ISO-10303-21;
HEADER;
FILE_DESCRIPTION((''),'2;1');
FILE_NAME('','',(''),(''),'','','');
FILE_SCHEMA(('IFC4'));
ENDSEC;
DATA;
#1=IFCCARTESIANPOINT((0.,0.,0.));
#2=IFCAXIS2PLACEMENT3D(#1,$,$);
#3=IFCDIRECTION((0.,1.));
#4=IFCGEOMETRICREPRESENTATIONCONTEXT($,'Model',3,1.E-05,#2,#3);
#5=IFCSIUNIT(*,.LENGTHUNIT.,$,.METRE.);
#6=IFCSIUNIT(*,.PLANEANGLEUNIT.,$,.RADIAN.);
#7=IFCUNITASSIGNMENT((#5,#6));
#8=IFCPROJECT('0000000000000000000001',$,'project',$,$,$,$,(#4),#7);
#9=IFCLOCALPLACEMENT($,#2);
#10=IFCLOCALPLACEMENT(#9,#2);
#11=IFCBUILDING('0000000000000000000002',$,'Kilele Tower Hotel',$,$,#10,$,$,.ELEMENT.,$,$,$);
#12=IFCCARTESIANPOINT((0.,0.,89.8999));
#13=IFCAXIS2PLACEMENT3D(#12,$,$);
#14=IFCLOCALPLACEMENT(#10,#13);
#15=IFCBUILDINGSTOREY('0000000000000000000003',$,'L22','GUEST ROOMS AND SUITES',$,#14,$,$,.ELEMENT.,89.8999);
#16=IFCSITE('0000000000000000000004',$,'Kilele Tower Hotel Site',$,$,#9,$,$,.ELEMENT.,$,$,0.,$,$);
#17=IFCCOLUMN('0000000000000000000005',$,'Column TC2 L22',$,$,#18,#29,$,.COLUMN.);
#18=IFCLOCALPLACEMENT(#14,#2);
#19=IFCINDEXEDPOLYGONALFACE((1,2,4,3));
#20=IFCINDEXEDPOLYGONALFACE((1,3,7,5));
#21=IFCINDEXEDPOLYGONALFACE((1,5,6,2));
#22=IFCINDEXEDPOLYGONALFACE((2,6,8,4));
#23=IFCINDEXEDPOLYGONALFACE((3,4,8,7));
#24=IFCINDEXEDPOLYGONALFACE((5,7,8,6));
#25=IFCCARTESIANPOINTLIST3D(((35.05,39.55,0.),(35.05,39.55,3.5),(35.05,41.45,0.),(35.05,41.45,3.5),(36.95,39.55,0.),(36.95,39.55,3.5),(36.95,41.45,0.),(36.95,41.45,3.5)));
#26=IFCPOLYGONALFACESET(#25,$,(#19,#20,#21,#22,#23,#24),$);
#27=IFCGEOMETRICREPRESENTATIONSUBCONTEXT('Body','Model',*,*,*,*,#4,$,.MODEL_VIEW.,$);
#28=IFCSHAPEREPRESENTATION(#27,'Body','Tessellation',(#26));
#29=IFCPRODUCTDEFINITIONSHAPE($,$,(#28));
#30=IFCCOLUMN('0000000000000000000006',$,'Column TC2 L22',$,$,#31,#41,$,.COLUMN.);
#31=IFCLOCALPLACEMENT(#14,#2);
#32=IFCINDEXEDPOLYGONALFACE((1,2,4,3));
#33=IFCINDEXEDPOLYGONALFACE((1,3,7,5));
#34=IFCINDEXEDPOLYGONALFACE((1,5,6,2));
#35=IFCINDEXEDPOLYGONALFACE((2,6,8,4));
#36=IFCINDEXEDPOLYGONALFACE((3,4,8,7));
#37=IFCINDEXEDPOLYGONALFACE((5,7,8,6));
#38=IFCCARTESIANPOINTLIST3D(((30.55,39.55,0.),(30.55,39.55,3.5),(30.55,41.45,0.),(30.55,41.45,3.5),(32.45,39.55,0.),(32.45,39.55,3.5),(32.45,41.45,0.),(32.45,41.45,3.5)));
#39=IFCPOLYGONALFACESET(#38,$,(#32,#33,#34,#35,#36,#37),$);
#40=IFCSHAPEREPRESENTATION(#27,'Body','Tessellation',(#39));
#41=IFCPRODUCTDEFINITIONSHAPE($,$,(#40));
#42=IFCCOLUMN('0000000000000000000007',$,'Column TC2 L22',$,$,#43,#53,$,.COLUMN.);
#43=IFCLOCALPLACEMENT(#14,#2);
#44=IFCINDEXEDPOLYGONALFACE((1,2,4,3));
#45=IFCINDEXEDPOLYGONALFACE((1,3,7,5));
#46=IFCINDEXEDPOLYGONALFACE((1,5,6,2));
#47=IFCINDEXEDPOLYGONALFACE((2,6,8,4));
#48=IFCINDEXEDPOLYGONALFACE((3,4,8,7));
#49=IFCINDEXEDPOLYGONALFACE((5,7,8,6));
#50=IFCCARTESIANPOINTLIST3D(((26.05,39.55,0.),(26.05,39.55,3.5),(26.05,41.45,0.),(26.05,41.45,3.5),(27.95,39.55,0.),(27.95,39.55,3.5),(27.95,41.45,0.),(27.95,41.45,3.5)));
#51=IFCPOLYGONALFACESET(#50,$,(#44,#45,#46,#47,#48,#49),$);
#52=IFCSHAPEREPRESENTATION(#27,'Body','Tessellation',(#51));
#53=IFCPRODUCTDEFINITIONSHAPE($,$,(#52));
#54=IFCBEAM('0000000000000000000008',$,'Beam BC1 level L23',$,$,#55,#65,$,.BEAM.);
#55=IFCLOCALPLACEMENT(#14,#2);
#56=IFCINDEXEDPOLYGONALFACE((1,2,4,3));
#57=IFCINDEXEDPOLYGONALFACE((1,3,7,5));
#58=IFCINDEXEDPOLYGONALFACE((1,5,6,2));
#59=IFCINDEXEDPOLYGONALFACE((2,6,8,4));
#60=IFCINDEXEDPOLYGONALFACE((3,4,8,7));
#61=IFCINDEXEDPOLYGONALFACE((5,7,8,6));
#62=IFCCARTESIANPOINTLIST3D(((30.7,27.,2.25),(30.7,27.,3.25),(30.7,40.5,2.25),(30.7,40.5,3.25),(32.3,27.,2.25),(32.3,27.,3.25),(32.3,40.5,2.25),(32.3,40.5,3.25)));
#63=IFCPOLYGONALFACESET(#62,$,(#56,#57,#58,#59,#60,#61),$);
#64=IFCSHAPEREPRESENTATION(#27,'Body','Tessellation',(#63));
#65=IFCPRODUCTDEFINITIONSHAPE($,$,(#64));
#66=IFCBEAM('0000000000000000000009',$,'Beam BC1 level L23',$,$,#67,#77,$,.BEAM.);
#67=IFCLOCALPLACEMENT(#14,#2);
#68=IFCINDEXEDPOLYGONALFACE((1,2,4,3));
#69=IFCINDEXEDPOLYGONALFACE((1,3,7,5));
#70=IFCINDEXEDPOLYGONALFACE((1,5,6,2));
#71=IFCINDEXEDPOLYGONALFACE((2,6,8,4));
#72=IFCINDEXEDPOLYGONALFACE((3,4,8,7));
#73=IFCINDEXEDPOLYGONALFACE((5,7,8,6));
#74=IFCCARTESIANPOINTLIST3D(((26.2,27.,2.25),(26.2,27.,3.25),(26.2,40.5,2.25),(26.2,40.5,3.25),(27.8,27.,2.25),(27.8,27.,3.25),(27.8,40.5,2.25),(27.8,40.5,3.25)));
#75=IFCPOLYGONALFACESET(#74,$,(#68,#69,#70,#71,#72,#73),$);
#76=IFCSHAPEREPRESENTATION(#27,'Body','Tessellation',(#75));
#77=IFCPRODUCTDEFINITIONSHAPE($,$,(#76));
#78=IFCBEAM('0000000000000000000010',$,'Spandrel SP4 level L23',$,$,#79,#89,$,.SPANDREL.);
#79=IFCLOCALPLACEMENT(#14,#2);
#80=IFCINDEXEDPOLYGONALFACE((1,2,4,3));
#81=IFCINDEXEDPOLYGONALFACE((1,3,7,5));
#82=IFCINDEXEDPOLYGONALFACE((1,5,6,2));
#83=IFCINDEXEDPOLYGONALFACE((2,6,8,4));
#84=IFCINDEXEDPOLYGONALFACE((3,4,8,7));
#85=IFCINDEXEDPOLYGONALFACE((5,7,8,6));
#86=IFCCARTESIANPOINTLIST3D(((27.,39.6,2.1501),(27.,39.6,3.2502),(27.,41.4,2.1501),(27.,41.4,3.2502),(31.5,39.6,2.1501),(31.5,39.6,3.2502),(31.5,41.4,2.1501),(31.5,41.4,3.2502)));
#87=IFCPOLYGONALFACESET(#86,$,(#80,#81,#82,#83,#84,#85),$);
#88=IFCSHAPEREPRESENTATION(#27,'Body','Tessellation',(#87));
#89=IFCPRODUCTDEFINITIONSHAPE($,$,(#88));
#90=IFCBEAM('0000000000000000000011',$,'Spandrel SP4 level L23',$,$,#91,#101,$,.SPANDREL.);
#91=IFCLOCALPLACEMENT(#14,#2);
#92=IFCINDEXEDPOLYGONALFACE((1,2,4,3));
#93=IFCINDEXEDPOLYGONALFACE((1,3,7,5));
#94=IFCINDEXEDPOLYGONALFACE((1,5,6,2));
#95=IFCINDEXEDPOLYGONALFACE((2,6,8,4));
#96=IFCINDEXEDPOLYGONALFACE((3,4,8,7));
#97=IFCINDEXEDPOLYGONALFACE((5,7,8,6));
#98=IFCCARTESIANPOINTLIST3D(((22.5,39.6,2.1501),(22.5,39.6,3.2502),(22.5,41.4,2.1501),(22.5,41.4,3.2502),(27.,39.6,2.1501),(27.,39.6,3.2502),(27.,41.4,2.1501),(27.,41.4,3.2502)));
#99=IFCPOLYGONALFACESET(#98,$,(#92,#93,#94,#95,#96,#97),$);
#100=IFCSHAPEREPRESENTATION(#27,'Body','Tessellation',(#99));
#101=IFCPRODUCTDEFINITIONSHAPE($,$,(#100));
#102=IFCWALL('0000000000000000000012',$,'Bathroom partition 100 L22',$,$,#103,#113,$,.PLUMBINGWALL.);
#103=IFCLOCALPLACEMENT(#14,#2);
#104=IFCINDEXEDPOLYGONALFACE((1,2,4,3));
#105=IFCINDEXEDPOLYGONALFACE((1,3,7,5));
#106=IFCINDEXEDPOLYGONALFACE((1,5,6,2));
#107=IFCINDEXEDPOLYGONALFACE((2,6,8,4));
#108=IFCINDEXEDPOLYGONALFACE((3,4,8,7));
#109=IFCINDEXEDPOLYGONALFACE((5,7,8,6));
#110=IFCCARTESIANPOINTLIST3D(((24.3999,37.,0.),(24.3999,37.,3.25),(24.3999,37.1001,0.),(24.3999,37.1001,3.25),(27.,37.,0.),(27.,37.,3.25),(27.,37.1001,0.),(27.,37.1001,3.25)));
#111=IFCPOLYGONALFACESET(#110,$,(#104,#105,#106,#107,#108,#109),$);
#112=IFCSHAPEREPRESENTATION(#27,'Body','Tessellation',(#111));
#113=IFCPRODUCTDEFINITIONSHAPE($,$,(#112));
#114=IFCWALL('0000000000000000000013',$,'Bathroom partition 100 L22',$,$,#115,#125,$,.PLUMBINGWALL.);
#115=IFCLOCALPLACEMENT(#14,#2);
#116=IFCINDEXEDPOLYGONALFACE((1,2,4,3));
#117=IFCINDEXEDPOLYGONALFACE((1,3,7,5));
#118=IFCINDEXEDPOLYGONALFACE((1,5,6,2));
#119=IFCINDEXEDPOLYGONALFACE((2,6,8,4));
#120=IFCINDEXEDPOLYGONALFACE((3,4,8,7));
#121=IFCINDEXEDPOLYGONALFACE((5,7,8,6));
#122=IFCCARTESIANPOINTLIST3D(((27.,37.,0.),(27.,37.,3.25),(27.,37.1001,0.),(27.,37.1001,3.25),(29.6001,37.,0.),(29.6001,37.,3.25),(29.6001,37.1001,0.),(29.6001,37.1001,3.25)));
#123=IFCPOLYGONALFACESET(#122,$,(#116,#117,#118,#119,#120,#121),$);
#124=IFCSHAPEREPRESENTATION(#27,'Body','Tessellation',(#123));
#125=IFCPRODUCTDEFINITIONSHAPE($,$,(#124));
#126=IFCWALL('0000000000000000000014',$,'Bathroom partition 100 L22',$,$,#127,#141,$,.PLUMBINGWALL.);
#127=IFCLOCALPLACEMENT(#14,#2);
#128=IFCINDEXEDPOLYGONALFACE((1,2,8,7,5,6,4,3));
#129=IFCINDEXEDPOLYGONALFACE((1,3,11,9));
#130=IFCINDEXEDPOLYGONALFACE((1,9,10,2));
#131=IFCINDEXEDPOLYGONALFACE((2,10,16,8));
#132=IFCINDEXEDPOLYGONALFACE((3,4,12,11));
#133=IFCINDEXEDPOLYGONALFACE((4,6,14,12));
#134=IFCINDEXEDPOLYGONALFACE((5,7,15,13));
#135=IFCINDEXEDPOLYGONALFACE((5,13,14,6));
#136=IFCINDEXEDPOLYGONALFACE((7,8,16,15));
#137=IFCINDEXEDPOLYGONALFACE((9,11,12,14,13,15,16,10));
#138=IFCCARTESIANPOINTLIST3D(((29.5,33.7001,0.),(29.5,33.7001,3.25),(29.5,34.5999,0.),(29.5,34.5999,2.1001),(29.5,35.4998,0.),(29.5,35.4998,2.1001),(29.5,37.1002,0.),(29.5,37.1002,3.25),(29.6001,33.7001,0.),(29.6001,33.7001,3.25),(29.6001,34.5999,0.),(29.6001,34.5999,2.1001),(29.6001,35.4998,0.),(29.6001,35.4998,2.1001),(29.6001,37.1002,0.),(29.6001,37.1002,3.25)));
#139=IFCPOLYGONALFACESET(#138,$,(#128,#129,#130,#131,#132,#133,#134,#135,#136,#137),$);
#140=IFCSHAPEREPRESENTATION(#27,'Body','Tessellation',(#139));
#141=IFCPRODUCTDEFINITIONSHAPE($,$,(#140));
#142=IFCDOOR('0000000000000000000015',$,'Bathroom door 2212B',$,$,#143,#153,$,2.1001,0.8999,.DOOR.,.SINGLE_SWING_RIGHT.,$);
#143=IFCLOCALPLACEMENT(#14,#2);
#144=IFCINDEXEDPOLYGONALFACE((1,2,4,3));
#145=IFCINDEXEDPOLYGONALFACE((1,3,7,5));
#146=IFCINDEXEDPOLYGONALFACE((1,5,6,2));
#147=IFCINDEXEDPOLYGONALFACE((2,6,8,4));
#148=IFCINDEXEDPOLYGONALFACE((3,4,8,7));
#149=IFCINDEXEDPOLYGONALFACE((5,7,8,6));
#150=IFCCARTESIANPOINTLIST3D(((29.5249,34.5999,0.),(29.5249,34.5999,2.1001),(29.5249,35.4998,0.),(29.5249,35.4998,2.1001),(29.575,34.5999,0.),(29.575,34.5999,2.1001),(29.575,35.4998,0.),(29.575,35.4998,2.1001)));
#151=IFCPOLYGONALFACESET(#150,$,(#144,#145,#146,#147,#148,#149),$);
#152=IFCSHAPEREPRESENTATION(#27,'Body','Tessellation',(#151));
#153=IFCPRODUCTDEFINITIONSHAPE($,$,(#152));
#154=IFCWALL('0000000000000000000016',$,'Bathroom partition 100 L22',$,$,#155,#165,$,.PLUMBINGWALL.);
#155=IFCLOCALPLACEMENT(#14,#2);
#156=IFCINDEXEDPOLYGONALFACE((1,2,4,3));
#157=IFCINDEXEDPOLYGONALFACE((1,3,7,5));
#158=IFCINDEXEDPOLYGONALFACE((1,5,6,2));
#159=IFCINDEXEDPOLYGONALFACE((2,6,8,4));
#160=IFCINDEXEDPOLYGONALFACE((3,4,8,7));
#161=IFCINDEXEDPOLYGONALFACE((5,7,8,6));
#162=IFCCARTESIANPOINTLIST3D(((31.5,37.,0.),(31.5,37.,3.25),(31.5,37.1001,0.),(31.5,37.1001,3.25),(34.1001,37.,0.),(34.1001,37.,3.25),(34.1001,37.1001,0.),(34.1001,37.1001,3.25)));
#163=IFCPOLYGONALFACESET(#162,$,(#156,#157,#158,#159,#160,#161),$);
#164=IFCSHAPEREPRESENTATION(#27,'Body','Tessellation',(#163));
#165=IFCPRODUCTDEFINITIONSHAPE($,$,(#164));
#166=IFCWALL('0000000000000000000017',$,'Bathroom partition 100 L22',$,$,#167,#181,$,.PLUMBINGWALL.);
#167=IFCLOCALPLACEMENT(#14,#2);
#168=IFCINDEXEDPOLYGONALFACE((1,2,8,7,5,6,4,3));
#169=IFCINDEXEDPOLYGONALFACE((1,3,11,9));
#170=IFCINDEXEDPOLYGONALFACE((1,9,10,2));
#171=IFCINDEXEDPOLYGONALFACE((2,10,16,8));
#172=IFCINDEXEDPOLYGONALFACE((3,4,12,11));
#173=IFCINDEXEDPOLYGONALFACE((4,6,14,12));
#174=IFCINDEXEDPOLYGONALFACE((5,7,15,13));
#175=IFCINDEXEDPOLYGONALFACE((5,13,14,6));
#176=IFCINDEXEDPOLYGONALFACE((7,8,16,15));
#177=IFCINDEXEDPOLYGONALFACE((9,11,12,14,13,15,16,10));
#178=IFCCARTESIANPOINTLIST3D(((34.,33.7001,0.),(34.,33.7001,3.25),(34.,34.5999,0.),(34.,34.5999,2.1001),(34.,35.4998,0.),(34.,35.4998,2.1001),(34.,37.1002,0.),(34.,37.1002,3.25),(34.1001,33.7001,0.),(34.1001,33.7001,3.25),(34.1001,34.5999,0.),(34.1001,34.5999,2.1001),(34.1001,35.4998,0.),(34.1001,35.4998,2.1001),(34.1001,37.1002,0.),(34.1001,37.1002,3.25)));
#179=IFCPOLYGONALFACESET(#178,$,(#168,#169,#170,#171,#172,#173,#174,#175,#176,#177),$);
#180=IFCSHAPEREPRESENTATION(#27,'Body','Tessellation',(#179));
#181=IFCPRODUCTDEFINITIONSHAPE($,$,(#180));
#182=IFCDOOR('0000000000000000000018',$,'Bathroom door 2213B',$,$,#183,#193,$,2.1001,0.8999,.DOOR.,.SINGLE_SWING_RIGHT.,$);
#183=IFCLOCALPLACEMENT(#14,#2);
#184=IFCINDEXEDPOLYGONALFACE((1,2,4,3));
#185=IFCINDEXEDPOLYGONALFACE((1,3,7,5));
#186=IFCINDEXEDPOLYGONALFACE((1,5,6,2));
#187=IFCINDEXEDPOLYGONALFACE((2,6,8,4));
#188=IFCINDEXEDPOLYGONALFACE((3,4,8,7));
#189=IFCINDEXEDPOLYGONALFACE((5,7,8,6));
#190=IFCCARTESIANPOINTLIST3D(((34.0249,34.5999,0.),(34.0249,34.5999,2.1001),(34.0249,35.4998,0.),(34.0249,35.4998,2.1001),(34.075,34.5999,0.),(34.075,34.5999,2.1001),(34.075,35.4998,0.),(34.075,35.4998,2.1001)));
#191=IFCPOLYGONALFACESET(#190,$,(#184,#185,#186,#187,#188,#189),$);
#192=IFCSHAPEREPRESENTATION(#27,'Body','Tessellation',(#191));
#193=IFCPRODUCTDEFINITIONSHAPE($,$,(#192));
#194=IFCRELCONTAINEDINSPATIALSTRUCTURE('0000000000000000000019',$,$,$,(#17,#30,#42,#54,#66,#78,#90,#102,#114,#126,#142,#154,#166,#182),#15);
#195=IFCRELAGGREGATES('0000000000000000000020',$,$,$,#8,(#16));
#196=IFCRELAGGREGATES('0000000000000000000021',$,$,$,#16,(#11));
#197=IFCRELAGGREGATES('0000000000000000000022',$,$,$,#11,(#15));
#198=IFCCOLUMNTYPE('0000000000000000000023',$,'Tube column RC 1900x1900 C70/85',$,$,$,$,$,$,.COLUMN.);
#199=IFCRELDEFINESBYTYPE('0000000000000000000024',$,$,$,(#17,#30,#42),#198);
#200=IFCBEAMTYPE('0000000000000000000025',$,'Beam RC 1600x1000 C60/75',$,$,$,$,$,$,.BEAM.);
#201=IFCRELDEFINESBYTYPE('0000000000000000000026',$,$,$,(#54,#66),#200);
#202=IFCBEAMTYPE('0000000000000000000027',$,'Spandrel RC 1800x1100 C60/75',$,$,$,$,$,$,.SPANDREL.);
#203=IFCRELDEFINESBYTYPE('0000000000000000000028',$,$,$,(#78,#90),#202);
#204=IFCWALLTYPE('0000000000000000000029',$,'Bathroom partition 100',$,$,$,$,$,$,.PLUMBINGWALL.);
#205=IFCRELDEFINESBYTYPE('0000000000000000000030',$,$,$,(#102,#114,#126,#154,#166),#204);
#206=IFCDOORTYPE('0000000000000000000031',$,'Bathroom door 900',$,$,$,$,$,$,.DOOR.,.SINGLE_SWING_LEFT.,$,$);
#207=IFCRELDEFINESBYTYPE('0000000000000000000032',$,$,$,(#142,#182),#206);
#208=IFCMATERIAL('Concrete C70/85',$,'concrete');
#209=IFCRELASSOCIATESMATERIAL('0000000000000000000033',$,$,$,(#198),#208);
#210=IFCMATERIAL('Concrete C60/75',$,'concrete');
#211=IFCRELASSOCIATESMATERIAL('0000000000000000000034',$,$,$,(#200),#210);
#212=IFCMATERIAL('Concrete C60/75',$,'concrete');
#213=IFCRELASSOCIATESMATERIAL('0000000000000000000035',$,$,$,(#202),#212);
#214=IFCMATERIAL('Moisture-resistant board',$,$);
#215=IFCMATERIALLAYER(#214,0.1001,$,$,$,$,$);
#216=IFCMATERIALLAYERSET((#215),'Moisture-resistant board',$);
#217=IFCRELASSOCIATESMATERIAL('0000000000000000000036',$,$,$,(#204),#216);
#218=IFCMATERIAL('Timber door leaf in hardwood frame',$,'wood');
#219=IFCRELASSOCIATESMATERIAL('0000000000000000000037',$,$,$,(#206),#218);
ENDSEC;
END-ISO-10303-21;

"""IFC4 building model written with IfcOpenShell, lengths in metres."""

from ifc_helpers import new_model, si_unit, direction, frame, frame_2d, origin, origin_2d, place, context, subcontext, project, spatial, rectangle, extrude, material, layer, layer_set, material_profile, profile_set, type_object, element, fill, save


model = new_model("IFC4")

# Units and contexts
model_context = context("Model", 3, precision=1e-05, world=origin(), true_north=direction((0.0, 1.0)))
body_context = subcontext(model_context, "Body", "Model", "MODEL_VIEW")
ifc_project = project(units=[si_unit("LENGTHUNIT", "METRE"), si_unit("PLANEANGLEUNIT", "RADIAN")], contexts=[model_context])

# Site, building, storey
site_placement = place(None, origin())
site = spatial("IfcSite", under=ifc_project, at=site_placement, Name="Kilele Tower Hotel Site", CompositionType="ELEMENT", RefElevation=0.0)
building_placement = place(site_placement, origin())
building = spatial("IfcBuilding", under=site, at=building_placement, Name="Kilele Tower Hotel", CompositionType="ELEMENT")
storey_placement = place(building_placement, frame((0.0, 0.0, 89.8999)))
storey = spatial("IfcBuildingStorey", under=building, at=storey_placement, Name="L22", Description="GUEST ROOMS AND SUITES", CompositionType="ELEMENT", Elevation=89.8999)

# Columns
ifc_material_1 = material(Name="Concrete C70/85", Category="concrete")
ifc_material_profile_1 = material_profile(ifc_material_1, rectangle(XDim=1.8999, YDim=1.8999, at=origin_2d()))
ifc_profile_set_1 = profile_set([ifc_material_profile_1], Name="Concrete C70/85")
column_type = type_object("IfcColumnType", Name="Tube column RC 1900x1900 C70/85", PredefinedType="COLUMN", material=ifc_profile_set_1)
for number, where, z_axis, x_axis, name in (
    (1, (36.0, 40.5, 0.0), (0.0, 0.0, 1.0), (1.0, 0.0, 0.0), "Column TC2 L22"),
    (2, (31.5, 40.5, 0.0), (0.0, 0.0, 1.0), (1.0, 0.0, 0.0), "Column TC2 L22"),
    (3, (27.0, 40.5, 0.0), (0.0, 0.0, 1.0), (1.0, 0.0, 0.0), "Column TC2 L22"),
):
    element("IfcColumn", number, at=place(storey_placement, frame(where, z_axis=z_axis, x_axis=x_axis)), inside=storey, type_object=column_type, Name=name, PredefinedType="COLUMN", context=body_context, shape_type="SweptSolid", body=[
        extrude(rectangle(XDim=1.8999, YDim=1.8999, at=origin_2d()), origin(), (0.0, 0.0, 1.0), 3.5),
    ])

# Beams
ifc_material_2 = material(Name="Concrete C60/75", Category="concrete")
ifc_material_profile_2 = material_profile(ifc_material_2, rectangle(XDim=1.6001, YDim=1.0, at=origin_2d()))
ifc_profile_set_2 = profile_set([ifc_material_profile_2], Name="Concrete C60/75")
beam_type_1 = type_object("IfcBeamType", Name="Beam RC 1600x1000 C60/75", PredefinedType="BEAM", material=ifc_profile_set_2)
for number, where, z_axis, x_axis, name in (
    (4, (31.5, 40.5, 2.75), (0.0, -1.0, 0.0), (1.0, 0.0, 0.0), "Beam BC1 level L23"),
    (5, (27.0, 40.5, 2.75), (0.0, -1.0, 0.0), (1.0, 0.0, 0.0), "Beam BC1 level L23"),
):
    element("IfcBeam", number, at=place(storey_placement, frame(where, z_axis=z_axis, x_axis=x_axis)), inside=storey, type_object=beam_type_1, Name=name, PredefinedType="BEAM", context=body_context, shape_type="SweptSolid", body=[
        extrude(rectangle(XDim=1.6001, YDim=1.0, at=origin_2d()), origin(), (0.0, 0.0, 1.0), 13.5),
    ])
ifc_material_3 = material(Name="Concrete C60/75", Category="concrete")
ifc_material_profile_3 = material_profile(ifc_material_3, rectangle(XDim=1.8, YDim=1.1001, at=origin_2d()))
ifc_profile_set_3 = profile_set([ifc_material_profile_3], Name="Concrete C60/75")
beam_type_2 = type_object("IfcBeamType", Name="Spandrel RC 1800x1100 C60/75", PredefinedType="SPANDREL", material=ifc_profile_set_3)
for number, where, z_axis, x_axis, name in (
    (6, (31.5, 40.5, 2.7002), (-1.0, 0.0, 0.0), (0.0, -1.0, 0.0), "Spandrel SP4 level L23"),
    (7, (27.0, 40.5, 2.7002), (-1.0, 0.0, 0.0), (0.0, -1.0, 0.0), "Spandrel SP4 level L23"),
):
    element("IfcBeam", number, at=place(storey_placement, frame(where, z_axis=z_axis, x_axis=x_axis)), inside=storey, type_object=beam_type_2, Name=name, PredefinedType="SPANDREL", context=body_context, shape_type="SweptSolid", body=[
        extrude(rectangle(XDim=1.8, YDim=1.1001, at=origin_2d()), origin(), (0.0, 0.0, 1.0), 4.5),
    ])

# Walls
ifc_material_4 = material(Name="Moisture-resistant board")
ifc_layer_1 = layer(ifc_material_4, 0.1001)
ifc_layer_set_1 = layer_set([ifc_layer_1], Name="Moisture-resistant board")
wall_type_1 = type_object("IfcWallType", Name="Bathroom partition 100", PredefinedType="PLUMBINGWALL", material=ifc_layer_set_1)
for number, where, z_axis, x_axis, name in (
    (8, (24.3999, 37.05, 0.0), (0.0, 0.0, 1.0), (1.0, 0.0, 0.0), "Bathroom partition 100 L22"),
    (9, (27.0, 37.05, 0.0), (0.0, 0.0, 1.0), (1.0, 0.0, 0.0), "Bathroom partition 100 L22"),
):
    element("IfcWall", number, at=place(storey_placement, frame(where, z_axis=z_axis, x_axis=x_axis)), inside=storey, type_object=wall_type_1, Name=name, PredefinedType="PLUMBINGWALL", context=body_context, shape_type="SweptSolid", body=[
        extrude(rectangle(XDim=2.6001, YDim=0.1001, at=frame_2d((1.3, 0.0))), origin(), (0.0, 0.0, 1.0), 3.25),
    ])

# Wall, opening, door
wall_1_placement = place(storey_placement, frame((29.55, 33.7, 0.0), z_axis=(0.0, 0.0, 1.0), x_axis=(0.0, 1.0, 0.0)))
wall_1 = element("IfcWall", 10, at=wall_1_placement, inside=storey, type_object=wall_type_1, Name="Bathroom partition 100 L22", PredefinedType="PLUMBINGWALL", context=body_context, shape_type="SweptSolid", body=[
    extrude(rectangle(XDim=3.4001, YDim=0.1001, at=frame_2d((1.7002, 0.0))), origin(), (0.0, 0.0, 1.0), 3.25),
])
opening_1_placement = place(wall_1_placement, frame((1.7998, 0.0, 0.0), z_axis=(0.0, 0.0, 1.0), x_axis=(-1.0, 0.0, 0.0)))
opening_1 = element("IfcOpeningElement", 11, at=opening_1_placement, cuts=wall_1, PredefinedType="OPENING", context=body_context, shape_type="SweptSolid", body=[
    extrude(rectangle(XDim=0.8999, YDim=2.1001, at=frame_2d((0.45, 1.05))), frame((0.0, 0.0601, 0.0), z_axis=(0.0, -1.0, 0.0), x_axis=(1.0, 0.0, 0.0)), (0.0, 0.0, 1.0), 0.1201),
])
ifc_material_5 = material(Name="Timber door leaf in hardwood frame", Category="wood")
door_type = type_object("IfcDoorType", Name="Bathroom door 900", OperationType="SINGLE_SWING_LEFT", PredefinedType="DOOR", material=ifc_material_5)
door_1_placement = place(opening_1_placement, origin())
door_1 = element("IfcDoor", 12, at=door_1_placement, inside=storey, type_object=door_type, Name="Bathroom door 2212B", OperationType="SINGLE_SWING_RIGHT", OverallHeight=2.1001, OverallWidth=0.8999, PredefinedType="DOOR", context=body_context, shape_type="SweptSolid", body=[
    extrude(rectangle(XDim=0.8999, YDim=2.1001, at=frame_2d((0.45, 1.05))), frame((0.0, 0.0249, 0.0), z_axis=(0.0, -1.0, 0.0), x_axis=(1.0, 0.0, 0.0)), (0.0, 0.0, 1.0), 0.05),
])
fill(opening_1, door_1)

# Wall
wall_2_placement = place(storey_placement, frame((31.5, 37.05, 0.0), z_axis=(0.0, 0.0, 1.0), x_axis=(1.0, 0.0, 0.0)))
element("IfcWall", 13, at=wall_2_placement, inside=storey, type_object=wall_type_1, Name="Bathroom partition 100 L22", PredefinedType="PLUMBINGWALL", context=body_context, shape_type="SweptSolid", body=[
    extrude(rectangle(XDim=2.6001, YDim=0.1001, at=frame_2d((1.3, 0.0))), origin(), (0.0, 0.0, 1.0), 3.25),
])

# Wall, opening, door
wall_3_placement = place(storey_placement, frame((34.05, 33.7, 0.0), z_axis=(0.0, 0.0, 1.0), x_axis=(0.0, 1.0, 0.0)))
wall_3 = element("IfcWall", 14, at=wall_3_placement, inside=storey, type_object=wall_type_1, Name="Bathroom partition 100 L22", PredefinedType="PLUMBINGWALL", context=body_context, shape_type="SweptSolid", body=[
    extrude(rectangle(XDim=3.4001, YDim=0.1001, at=frame_2d((1.7002, 0.0))), origin(), (0.0, 0.0, 1.0), 3.25),
])
opening_2_placement = place(wall_3_placement, frame((1.7998, 0.0, 0.0), z_axis=(0.0, 0.0, 1.0), x_axis=(-1.0, 0.0, 0.0)))
opening_2 = element("IfcOpeningElement", 15, at=opening_2_placement, cuts=wall_3, PredefinedType="OPENING", context=body_context, shape_type="SweptSolid", body=[
    extrude(rectangle(XDim=0.8999, YDim=2.1001, at=frame_2d((0.45, 1.05))), frame((0.0, 0.0601, 0.0), z_axis=(0.0, -1.0, 0.0), x_axis=(1.0, 0.0, 0.0)), (0.0, 0.0, 1.0), 0.1201),
])
door_2_placement = place(opening_2_placement, origin())
door_2 = element("IfcDoor", 16, at=door_2_placement, inside=storey, type_object=door_type, Name="Bathroom door 2213B", OperationType="SINGLE_SWING_RIGHT", OverallHeight=2.1001, OverallWidth=0.8999, PredefinedType="DOOR", context=body_context, shape_type="SweptSolid", body=[
    extrude(rectangle(XDim=0.8999, YDim=2.1001, at=frame_2d((0.45, 1.05))), frame((0.0, 0.0249, 0.0), z_axis=(0.0, -1.0, 0.0), x_axis=(1.0, 0.0, 0.0)), (0.0, 0.0, 1.0), 0.05),
])
fill(opening_2, door_2)

save(model, "model.ifc")
